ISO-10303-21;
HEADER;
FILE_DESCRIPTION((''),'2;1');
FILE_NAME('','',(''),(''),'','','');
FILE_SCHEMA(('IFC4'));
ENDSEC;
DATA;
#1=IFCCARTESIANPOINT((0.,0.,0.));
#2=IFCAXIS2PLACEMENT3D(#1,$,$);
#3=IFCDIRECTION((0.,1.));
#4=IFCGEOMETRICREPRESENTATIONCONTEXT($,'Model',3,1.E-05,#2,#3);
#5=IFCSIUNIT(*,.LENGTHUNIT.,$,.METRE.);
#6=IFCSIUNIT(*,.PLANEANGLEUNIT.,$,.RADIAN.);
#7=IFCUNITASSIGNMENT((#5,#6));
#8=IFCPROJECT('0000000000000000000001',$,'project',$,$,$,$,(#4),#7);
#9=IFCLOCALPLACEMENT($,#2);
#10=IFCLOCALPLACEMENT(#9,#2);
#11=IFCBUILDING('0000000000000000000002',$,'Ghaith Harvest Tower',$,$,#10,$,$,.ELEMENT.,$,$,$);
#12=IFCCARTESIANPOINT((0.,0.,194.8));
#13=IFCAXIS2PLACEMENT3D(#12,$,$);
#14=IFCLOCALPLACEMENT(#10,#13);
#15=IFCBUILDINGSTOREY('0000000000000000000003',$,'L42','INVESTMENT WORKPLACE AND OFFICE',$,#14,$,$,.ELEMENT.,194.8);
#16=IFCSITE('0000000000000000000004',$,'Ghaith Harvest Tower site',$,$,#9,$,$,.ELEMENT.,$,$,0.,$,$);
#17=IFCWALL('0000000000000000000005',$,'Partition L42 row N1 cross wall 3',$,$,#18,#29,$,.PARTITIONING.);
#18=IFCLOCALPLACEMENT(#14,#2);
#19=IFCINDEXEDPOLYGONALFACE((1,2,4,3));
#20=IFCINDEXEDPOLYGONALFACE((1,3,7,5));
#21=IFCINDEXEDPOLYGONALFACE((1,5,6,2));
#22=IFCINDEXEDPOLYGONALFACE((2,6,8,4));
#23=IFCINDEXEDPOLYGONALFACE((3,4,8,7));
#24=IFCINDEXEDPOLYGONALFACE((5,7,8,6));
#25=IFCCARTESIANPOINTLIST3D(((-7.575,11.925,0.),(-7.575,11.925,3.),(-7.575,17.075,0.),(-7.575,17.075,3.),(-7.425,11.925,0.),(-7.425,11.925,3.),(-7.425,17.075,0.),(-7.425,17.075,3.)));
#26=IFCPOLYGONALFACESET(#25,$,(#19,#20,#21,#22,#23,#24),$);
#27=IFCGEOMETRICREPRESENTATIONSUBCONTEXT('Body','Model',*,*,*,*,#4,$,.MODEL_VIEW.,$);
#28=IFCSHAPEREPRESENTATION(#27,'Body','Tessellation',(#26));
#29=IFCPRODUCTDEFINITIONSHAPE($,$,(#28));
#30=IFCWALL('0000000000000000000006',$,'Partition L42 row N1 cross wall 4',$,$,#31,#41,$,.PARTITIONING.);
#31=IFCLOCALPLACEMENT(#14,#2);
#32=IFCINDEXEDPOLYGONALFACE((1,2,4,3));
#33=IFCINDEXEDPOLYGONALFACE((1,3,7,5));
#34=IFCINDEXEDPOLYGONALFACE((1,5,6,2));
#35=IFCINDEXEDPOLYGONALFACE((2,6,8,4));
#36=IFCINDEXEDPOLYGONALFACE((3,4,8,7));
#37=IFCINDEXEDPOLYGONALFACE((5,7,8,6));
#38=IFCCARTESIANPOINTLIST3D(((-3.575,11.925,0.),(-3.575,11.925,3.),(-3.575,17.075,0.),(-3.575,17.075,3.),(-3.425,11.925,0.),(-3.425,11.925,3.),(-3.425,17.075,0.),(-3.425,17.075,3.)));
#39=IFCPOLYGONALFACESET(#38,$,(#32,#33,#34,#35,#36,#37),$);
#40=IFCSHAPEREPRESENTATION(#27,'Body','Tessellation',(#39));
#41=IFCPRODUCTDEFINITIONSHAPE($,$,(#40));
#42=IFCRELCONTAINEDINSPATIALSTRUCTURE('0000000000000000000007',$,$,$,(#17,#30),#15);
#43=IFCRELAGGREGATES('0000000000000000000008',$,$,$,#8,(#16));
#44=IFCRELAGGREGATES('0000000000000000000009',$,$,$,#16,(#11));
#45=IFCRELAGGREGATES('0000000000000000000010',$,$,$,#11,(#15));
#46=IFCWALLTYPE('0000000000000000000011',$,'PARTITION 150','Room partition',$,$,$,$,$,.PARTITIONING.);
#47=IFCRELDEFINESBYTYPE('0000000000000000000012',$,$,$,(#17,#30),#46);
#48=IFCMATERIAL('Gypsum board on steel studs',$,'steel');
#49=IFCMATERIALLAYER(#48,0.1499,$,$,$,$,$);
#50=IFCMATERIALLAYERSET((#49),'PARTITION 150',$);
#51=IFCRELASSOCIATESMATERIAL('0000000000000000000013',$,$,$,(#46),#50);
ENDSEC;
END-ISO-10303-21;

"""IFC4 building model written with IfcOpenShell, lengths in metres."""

from ifc_helpers import new_model, si_unit, direction, frame, frame_2d, origin, place, context, subcontext, project, spatial, rectangle, extrude, material, layer, layer_set, type_object, element, save


model = new_model("IFC4")

# Units and contexts
model_context = context("Model", 3, precision=1e-05, world=origin(), true_north=direction((0.0, 1.0)))
body_context = subcontext(model_context, "Body", "Model", "MODEL_VIEW")
ifc_project = project(units=[si_unit("LENGTHUNIT", "METRE"), si_unit("PLANEANGLEUNIT", "RADIAN")], contexts=[model_context])

# Site, building, storey
site_placement = place(None, origin())
site = spatial("IfcSite", under=ifc_project, at=site_placement, Name="Ghaith Harvest Tower site", CompositionType="ELEMENT", RefElevation=0.0)
building_placement = place(site_placement, origin())
building = spatial("IfcBuilding", under=site, at=building_placement, Name="Ghaith Harvest Tower", CompositionType="ELEMENT")
storey_placement = place(building_placement, frame((0.0, 0.0, 194.8)))
storey = spatial("IfcBuildingStorey", under=building, at=storey_placement, Name="L42", Description="INVESTMENT WORKPLACE AND OFFICE", CompositionType="ELEMENT", Elevation=194.8)

# Walls
ifc_material_1 = material(Name="Gypsum board on steel studs", Category="steel")
ifc_layer_1 = layer(ifc_material_1, 0.1499)
ifc_layer_set_1 = layer_set([ifc_layer_1], Name="PARTITION 150")
wall_type_1 = type_object("IfcWallType", Name="PARTITION 150", Description="Room partition", PredefinedType="PARTITIONING", material=ifc_layer_set_1)
for number, where, z_axis, x_axis, name in (
    (1, (-7.5, 11.925, 0.0), (0.0, 0.0, 1.0), (0.0, 1.0, 0.0), "Partition L42 row N1 cross wall 3"),
    (2, (-3.5, 11.925, 0.0), (0.0, 0.0, 1.0), (0.0, 1.0, 0.0), "Partition L42 row N1 cross wall 4"),
):
    element("IfcWall", number, at=place(storey_placement, frame(where, z_axis=z_axis, x_axis=x_axis)), inside=storey, type_object=wall_type_1, Name=name, PredefinedType="PARTITIONING", context=body_context, shape_type="SweptSolid", body=[
        extrude(rectangle(XDim=5.1499, YDim=0.1499, at=frame_2d((2.575, 0.0))), origin(), (0.0, 0.0, 1.0), 3.0),
    ])

save(model, "model.ifc")
